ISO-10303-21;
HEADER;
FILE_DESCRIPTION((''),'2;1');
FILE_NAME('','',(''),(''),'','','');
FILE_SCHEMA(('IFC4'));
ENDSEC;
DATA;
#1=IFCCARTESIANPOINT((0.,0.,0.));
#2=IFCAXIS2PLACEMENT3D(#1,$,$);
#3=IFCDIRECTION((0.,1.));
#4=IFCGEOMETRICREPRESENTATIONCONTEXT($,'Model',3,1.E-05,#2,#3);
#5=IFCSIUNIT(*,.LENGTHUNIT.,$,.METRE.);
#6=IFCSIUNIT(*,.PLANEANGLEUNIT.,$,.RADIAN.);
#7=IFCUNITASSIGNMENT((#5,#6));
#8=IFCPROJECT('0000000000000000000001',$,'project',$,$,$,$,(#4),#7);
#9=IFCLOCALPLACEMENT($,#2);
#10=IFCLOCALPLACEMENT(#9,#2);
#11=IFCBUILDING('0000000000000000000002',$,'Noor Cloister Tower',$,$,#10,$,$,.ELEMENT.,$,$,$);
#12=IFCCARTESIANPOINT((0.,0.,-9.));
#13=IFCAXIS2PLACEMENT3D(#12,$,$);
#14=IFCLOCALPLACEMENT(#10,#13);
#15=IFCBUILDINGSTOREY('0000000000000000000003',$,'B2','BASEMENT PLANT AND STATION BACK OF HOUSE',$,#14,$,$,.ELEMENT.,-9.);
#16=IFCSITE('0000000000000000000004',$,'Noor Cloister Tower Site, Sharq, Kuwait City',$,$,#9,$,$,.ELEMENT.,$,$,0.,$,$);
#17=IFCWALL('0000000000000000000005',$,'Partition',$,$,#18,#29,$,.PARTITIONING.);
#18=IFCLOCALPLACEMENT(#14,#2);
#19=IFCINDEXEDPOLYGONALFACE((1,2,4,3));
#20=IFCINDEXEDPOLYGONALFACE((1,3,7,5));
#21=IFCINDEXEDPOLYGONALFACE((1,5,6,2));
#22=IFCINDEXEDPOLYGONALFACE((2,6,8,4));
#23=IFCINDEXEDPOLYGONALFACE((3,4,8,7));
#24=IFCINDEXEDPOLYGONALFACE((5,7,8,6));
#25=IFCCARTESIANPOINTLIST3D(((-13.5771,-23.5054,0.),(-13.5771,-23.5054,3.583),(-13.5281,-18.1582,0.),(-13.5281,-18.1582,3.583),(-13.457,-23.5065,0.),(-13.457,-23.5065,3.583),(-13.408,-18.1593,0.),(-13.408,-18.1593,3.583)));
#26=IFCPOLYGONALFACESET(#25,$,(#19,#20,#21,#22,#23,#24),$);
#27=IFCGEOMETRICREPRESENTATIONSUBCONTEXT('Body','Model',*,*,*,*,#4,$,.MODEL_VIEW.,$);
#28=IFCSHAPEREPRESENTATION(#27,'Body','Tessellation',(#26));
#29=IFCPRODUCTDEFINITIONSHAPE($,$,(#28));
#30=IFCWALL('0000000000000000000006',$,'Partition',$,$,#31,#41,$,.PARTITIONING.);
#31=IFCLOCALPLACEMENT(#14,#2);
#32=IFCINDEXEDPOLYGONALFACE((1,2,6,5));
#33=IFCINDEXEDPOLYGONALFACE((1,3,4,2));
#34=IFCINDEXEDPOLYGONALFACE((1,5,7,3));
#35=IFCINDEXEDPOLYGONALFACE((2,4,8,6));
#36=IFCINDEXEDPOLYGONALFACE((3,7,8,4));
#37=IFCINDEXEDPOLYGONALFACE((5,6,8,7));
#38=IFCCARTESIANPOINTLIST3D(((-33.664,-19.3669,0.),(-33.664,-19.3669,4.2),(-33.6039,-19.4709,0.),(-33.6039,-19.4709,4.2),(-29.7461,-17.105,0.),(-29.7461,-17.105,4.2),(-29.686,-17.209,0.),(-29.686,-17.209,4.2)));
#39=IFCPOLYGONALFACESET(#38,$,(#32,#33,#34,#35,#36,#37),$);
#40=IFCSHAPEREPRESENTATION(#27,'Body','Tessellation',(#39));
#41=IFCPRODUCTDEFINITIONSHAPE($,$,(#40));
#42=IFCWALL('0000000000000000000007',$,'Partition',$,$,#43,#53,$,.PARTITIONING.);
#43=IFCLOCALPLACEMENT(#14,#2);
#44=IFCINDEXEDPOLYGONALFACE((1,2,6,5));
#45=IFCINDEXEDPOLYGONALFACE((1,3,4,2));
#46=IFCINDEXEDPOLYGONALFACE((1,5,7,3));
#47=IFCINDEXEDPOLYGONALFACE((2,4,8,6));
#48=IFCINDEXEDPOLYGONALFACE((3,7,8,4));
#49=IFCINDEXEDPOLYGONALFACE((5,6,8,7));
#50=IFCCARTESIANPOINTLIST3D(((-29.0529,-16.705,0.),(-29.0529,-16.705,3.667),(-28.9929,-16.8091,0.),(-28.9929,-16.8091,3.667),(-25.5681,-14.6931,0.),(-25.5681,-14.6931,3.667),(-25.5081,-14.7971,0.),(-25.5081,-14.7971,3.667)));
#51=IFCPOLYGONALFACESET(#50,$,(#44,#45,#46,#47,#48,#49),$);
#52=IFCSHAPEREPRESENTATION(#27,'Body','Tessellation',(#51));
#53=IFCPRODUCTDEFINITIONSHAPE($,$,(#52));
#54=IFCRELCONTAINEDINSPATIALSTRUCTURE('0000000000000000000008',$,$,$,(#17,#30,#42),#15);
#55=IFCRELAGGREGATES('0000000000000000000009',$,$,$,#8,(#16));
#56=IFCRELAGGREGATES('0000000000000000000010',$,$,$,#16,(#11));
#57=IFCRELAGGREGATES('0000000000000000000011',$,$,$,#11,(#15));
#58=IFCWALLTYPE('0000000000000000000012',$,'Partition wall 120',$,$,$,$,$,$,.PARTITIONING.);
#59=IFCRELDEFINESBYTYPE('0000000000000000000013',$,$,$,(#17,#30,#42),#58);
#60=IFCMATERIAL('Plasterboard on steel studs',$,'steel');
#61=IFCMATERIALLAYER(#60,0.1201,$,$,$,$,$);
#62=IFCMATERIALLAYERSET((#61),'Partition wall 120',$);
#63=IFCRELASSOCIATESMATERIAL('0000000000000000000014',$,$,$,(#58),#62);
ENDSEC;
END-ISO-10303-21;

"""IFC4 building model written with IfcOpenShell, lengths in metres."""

from ifc_helpers import new_model, si_unit, direction, frame, frame_2d, origin, place, context, subcontext, project, spatial, rectangle, extrude, material, layer, layer_set, type_object, element, save


model = new_model("IFC4")

# Units and contexts
model_context = context("Model", 3, precision=1e-05, world=origin(), true_north=direction((0.0, 1.0)))
body_context = subcontext(model_context, "Body", "Model", "MODEL_VIEW")
ifc_project = project(units=[si_unit("LENGTHUNIT", "METRE"), si_unit("PLANEANGLEUNIT", "RADIAN")], contexts=[model_context])

# Site, building, storey
site_placement = place(None, origin())
site = spatial("IfcSite", under=ifc_project, at=site_placement, Name="Noor Cloister Tower Site, Sharq, Kuwait City", CompositionType="ELEMENT", RefElevation=0.0)
building_placement = place(site_placement, origin())
building = spatial("IfcBuilding", under=site, at=building_placement, Name="Noor Cloister Tower", CompositionType="ELEMENT")
storey_placement = place(building_placement, frame((0.0, 0.0, -9.0)))
storey = spatial("IfcBuildingStorey", under=building, at=storey_placement, Name="B2", Description="BASEMENT PLANT AND STATION BACK OF HOUSE", CompositionType="ELEMENT", Elevation=-9.0)

# Walls
ifc_material_1 = material(Name="Plasterboard on steel studs", Category="steel")
ifc_layer_1 = layer(ifc_material_1, 0.1201)
ifc_layer_set_1 = layer_set([ifc_layer_1], Name="Partition wall 120")
wall_type_1 = type_object("IfcWallType", Name="Partition wall 120", PredefinedType="PARTITIONING", material=ifc_layer_set_1)
wall_1_placement = place(storey_placement, frame((-13.5171, -23.5061, 0.0), z_axis=(0.0, 0.0, 1.0), x_axis=(0.009177, 0.999958, 0.0)))
element("IfcWall", 1, at=wall_1_placement, inside=storey, type_object=wall_type_1, Name="Partition", PredefinedType="PARTITIONING", context=body_context, shape_type="SweptSolid", body=[
    extrude(rectangle(XDim=5.3474, YDim=0.1201, at=frame_2d((2.6738, 0.0))), origin(), (0.0, 0.0, 1.0), 3.583),
])
wall_2_placement = place(storey_placement, frame((-29.7161, -17.157, 0.0), z_axis=(0.0, 0.0, 1.0), x_axis=(-0.866033, -0.499987, 0.0)))
element("IfcWall", 2, at=wall_2_placement, inside=storey, type_object=wall_type_1, Name="Partition", PredefinedType="PARTITIONING", context=body_context, shape_type="SweptSolid", body=[
    extrude(rectangle(XDim=4.5239, YDim=0.1201, at=frame_2d((2.262, 0.0))), origin(), (0.0, 0.0, 1.0), 4.2),
])
wall_3_placement = place(storey_placement, frame((-25.5381, -14.7451, 0.0), z_axis=(0.0, 0.0, 1.0), x_axis=(-0.866028, -0.499996, 0.0)))
element("IfcWall", 3, at=wall_3_placement, inside=storey, type_object=wall_type_1, Name="Partition", PredefinedType="PARTITIONING", context=body_context, shape_type="SweptSolid", body=[
    extrude(rectangle(XDim=4.0239, YDim=0.1201, at=frame_2d((2.012, 0.0))), origin(), (0.0, 0.0, 1.0), 3.667),
])

save(model, "model.ifc")
